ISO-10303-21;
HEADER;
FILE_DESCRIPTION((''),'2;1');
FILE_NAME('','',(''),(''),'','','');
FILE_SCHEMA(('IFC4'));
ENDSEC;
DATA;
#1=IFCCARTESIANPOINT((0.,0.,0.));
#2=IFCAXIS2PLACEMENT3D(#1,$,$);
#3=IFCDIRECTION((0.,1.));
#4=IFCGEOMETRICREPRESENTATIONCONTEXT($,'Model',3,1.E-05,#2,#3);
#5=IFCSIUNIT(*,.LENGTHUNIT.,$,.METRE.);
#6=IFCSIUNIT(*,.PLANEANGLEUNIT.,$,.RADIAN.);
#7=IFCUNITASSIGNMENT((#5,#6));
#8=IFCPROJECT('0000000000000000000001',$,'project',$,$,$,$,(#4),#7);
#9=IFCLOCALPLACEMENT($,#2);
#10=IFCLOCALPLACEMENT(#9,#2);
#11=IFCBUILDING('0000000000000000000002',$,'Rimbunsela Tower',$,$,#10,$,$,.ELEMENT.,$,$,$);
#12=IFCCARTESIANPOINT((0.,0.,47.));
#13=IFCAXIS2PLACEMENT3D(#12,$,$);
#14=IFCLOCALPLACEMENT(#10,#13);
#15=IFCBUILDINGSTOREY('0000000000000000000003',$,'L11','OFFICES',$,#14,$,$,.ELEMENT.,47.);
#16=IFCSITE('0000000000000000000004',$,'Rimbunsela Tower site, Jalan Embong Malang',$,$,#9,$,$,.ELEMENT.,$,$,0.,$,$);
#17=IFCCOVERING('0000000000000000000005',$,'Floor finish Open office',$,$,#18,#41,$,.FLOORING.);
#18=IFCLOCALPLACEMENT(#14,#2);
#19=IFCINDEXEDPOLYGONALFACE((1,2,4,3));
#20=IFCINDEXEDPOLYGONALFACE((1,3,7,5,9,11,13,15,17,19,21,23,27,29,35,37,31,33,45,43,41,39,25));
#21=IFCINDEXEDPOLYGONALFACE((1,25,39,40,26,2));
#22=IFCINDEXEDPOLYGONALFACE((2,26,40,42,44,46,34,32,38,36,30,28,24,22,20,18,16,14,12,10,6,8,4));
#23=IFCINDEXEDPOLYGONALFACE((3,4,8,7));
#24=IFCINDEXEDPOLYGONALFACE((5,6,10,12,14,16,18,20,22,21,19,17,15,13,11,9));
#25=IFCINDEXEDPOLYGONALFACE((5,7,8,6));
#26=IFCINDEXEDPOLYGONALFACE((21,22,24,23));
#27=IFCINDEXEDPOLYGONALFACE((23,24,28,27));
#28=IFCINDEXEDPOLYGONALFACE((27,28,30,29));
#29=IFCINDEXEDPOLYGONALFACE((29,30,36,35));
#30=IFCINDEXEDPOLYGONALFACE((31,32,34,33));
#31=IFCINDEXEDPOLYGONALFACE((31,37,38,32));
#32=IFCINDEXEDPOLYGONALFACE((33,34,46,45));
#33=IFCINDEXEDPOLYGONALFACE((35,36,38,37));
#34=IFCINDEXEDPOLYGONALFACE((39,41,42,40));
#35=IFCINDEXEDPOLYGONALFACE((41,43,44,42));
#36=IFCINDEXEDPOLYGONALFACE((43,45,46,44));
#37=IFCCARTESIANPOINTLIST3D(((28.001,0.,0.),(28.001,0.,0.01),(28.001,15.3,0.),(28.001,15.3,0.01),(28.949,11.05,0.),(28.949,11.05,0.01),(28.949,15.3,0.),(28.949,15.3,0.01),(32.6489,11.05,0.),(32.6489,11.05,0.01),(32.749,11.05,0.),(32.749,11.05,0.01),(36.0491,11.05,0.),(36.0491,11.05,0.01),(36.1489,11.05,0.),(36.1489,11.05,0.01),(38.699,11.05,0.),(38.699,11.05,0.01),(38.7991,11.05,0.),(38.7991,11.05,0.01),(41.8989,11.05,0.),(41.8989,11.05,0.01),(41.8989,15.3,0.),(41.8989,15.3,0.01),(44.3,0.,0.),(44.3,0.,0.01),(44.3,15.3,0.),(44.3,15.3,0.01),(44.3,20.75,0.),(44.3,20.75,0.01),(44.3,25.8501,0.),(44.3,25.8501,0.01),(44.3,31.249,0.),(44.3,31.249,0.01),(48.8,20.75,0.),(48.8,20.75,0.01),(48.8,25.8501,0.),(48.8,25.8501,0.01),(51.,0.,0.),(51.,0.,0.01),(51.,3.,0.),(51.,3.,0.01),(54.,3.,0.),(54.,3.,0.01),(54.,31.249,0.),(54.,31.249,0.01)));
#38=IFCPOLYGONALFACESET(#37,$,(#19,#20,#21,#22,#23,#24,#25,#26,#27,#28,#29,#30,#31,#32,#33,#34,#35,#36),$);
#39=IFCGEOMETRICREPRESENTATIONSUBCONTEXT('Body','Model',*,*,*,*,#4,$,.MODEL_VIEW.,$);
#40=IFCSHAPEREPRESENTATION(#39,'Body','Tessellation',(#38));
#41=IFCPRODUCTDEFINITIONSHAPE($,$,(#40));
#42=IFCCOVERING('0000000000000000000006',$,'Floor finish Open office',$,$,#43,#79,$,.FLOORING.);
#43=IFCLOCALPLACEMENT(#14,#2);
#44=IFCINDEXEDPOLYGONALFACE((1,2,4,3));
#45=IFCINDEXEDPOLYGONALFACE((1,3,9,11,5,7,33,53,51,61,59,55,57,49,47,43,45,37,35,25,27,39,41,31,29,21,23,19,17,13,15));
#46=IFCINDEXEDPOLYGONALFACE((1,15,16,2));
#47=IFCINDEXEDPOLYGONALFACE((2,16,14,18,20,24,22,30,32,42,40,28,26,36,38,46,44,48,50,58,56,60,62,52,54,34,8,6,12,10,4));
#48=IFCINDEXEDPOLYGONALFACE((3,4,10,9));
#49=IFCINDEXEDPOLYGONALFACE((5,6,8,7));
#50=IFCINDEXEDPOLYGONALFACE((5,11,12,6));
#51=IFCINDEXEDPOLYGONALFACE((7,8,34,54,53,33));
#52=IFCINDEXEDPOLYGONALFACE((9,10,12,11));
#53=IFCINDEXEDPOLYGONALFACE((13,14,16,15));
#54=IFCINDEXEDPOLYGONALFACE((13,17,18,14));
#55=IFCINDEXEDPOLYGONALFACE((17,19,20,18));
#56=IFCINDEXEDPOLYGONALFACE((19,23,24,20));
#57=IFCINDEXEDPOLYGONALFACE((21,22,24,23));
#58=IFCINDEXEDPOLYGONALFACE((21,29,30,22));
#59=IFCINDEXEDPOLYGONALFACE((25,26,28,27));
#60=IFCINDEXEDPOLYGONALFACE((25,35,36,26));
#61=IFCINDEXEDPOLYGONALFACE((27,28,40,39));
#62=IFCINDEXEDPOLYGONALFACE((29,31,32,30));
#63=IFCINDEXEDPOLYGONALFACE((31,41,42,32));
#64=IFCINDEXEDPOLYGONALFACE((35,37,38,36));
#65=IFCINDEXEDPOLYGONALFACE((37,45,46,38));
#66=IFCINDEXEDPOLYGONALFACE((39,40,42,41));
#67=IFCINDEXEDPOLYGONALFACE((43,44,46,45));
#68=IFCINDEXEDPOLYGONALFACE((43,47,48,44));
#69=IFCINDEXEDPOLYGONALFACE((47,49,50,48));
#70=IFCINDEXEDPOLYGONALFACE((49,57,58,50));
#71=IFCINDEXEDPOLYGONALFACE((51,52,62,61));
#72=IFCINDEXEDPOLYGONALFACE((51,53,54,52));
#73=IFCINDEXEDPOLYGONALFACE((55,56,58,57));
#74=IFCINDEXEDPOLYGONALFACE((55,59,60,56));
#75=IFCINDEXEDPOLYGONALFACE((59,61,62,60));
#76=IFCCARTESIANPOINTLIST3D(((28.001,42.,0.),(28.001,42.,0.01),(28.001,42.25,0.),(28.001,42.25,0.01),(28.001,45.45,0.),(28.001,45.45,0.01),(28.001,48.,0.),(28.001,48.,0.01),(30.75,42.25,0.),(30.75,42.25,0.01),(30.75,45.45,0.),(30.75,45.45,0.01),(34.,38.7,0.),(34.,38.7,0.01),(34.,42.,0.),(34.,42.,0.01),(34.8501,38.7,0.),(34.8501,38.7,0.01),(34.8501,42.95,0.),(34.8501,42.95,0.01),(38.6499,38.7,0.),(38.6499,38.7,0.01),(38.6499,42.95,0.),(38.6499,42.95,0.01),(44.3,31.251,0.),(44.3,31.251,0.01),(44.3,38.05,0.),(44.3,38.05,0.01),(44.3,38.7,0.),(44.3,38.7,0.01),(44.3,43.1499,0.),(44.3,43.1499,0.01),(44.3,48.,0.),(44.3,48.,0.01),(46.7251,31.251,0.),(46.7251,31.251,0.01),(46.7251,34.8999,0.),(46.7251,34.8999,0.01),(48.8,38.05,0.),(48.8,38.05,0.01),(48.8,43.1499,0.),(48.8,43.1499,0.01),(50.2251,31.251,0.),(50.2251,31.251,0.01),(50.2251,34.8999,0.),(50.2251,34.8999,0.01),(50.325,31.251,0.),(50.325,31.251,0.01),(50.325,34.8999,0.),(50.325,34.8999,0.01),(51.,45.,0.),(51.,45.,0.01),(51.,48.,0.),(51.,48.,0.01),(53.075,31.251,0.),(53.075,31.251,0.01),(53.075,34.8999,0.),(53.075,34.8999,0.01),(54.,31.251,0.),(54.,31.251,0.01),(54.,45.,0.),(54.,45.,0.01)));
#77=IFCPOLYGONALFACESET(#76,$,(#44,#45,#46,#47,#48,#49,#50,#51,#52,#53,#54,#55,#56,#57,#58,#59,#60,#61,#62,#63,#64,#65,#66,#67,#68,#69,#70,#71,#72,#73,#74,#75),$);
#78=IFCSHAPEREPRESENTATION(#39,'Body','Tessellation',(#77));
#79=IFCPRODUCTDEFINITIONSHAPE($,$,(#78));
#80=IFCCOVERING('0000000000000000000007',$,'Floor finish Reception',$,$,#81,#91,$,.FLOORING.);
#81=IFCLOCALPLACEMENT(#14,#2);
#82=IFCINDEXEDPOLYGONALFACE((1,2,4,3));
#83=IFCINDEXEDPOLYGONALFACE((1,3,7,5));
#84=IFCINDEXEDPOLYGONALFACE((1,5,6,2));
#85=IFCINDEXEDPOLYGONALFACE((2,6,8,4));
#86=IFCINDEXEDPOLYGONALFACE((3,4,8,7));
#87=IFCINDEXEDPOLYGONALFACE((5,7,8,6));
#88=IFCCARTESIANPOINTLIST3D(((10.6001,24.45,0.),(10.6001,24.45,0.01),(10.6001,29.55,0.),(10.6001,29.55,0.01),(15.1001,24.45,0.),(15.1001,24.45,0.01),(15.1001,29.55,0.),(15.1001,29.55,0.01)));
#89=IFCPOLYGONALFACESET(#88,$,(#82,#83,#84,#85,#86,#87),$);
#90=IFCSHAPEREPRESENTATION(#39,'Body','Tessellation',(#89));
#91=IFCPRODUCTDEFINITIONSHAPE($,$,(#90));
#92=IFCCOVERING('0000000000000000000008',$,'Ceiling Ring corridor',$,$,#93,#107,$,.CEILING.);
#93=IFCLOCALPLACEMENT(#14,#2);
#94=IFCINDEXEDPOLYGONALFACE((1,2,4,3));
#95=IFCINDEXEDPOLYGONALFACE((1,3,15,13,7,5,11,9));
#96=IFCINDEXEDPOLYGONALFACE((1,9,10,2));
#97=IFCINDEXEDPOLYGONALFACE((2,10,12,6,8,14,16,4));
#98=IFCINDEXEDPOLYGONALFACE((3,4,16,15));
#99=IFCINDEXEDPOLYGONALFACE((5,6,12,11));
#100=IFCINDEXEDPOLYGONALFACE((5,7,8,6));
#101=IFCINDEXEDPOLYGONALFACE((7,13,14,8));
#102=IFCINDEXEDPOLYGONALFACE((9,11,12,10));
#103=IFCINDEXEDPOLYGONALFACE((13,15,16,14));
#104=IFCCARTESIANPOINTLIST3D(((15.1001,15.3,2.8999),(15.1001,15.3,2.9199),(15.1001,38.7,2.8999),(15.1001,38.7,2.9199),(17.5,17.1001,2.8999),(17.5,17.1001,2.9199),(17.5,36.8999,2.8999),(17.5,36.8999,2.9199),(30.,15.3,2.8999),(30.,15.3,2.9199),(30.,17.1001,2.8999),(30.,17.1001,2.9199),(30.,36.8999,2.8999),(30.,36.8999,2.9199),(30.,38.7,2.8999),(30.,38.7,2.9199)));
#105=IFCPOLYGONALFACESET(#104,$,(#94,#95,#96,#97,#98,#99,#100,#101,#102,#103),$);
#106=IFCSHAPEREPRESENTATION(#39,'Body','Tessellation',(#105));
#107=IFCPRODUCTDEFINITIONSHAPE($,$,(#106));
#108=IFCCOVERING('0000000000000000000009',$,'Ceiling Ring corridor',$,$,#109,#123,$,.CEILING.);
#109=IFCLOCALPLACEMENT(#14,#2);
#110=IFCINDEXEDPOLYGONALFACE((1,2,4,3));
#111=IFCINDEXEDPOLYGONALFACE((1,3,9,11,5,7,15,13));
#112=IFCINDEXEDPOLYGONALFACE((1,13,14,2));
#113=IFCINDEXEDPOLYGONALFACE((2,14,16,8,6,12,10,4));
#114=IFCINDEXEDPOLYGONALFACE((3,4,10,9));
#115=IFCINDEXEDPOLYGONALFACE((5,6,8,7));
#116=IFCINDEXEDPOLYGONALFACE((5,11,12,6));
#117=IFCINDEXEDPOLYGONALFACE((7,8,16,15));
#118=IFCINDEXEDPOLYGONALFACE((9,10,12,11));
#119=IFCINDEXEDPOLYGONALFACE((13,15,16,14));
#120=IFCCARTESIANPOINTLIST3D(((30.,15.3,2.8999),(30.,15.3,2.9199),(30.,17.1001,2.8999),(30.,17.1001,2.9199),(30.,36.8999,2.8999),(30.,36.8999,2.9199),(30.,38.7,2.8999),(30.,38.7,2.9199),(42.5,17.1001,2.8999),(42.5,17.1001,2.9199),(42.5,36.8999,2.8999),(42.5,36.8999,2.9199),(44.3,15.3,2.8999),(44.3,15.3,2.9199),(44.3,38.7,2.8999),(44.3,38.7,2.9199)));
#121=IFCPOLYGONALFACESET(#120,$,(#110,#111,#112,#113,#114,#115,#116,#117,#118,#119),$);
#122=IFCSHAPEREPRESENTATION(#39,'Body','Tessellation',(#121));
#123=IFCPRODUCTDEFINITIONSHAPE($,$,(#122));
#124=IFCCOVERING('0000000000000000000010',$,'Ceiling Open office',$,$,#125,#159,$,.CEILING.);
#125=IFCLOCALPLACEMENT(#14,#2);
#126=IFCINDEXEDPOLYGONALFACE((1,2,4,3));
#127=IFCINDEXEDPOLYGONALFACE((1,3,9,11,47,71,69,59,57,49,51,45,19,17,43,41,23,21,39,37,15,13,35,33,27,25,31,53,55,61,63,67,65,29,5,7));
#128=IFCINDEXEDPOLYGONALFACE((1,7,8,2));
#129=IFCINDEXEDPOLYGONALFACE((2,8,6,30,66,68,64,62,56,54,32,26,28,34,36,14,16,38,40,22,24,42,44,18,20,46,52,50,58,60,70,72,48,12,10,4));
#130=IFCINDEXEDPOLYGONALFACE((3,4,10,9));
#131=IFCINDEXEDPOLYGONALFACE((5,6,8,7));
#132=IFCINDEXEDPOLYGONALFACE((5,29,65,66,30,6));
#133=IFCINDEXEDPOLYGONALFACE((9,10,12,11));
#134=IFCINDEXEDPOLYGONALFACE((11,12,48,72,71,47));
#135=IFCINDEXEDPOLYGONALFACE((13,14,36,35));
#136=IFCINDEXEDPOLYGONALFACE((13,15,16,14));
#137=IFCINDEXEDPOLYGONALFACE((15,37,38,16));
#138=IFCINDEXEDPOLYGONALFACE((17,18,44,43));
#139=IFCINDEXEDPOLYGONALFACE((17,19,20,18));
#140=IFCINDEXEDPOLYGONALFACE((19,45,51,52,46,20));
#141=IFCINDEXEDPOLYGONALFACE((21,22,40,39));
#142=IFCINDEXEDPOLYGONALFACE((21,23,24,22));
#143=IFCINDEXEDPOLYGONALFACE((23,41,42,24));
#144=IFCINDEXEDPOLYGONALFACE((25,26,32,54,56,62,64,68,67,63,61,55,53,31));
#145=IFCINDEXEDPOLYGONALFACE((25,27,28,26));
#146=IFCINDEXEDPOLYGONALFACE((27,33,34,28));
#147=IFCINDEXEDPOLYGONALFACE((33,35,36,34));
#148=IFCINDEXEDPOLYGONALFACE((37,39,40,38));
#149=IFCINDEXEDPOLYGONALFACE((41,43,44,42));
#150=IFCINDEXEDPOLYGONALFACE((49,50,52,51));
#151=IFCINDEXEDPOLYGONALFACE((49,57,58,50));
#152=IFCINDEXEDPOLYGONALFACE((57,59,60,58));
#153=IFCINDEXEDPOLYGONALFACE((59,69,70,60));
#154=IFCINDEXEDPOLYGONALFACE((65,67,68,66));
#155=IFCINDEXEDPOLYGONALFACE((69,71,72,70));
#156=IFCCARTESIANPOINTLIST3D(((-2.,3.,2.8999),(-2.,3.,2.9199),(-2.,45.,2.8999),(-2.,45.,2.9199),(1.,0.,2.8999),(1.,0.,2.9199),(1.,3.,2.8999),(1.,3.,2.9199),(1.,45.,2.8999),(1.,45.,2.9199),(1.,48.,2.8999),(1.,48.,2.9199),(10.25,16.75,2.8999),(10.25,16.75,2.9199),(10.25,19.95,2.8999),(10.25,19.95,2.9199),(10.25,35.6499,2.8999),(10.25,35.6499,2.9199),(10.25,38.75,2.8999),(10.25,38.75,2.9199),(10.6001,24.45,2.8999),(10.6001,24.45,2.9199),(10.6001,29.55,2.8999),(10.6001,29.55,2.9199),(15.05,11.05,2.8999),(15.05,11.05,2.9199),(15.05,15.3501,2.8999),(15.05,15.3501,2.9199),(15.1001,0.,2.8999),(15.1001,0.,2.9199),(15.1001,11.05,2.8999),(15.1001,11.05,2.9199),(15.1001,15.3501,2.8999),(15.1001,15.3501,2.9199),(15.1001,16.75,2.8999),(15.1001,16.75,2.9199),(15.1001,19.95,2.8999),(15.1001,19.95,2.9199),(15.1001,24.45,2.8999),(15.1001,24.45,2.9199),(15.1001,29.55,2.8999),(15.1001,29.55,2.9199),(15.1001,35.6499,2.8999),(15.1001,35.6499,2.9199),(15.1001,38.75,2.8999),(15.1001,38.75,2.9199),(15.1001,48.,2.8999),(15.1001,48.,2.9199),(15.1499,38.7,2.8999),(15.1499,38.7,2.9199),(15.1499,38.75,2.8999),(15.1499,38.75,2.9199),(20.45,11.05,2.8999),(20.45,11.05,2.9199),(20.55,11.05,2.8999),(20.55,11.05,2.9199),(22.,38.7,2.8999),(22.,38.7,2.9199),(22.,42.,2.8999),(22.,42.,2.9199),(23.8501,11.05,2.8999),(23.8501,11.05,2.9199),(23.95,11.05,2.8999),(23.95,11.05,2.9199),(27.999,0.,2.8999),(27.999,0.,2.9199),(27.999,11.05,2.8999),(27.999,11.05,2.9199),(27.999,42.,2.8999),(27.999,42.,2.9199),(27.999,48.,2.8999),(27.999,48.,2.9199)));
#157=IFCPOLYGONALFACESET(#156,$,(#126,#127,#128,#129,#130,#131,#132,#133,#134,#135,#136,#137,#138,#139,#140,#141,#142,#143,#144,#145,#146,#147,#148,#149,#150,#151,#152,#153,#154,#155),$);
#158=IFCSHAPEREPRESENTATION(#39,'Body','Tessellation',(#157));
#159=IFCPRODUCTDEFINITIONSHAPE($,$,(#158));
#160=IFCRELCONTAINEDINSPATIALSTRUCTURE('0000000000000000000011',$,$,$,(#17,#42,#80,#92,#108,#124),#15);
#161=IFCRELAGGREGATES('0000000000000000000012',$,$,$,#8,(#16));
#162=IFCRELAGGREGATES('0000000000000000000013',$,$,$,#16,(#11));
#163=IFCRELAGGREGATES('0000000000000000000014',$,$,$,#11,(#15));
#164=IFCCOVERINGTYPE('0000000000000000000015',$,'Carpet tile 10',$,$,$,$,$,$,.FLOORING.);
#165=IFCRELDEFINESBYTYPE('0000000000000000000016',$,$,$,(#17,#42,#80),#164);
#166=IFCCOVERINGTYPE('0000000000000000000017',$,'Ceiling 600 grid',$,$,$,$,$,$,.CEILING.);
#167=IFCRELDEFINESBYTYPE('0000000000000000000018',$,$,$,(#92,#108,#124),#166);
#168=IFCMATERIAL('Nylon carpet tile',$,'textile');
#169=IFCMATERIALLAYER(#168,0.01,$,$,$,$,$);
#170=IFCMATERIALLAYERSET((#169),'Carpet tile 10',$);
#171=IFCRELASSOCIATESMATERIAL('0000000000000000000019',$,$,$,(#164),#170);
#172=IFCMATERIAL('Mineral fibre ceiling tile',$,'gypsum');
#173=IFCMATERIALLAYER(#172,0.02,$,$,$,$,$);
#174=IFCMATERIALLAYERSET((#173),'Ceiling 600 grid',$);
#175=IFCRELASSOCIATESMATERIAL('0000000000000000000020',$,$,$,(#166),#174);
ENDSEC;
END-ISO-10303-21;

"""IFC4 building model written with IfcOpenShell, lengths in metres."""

from ifc_helpers import new_model, si_unit, direction, frame, origin, place, context, subcontext, project, spatial, polyline, outline, extrude, material, layer, layer_set, type_object, element, save


model = new_model("IFC4")

# Units and contexts
model_context = context("Model", 3, precision=1e-05, world=origin(), true_north=direction((0.0, 1.0)))
body_context = subcontext(model_context, "Body", "Model", "MODEL_VIEW")
ifc_project = project(units=[si_unit("LENGTHUNIT", "METRE"), si_unit("PLANEANGLEUNIT", "RADIAN")], contexts=[model_context])

# Site, building, storey
site_placement = place(None, origin())
site = spatial("IfcSite", under=ifc_project, at=site_placement, Name="Rimbunsela Tower site, Jalan Embong Malang", CompositionType="ELEMENT", RefElevation=0.0)
building_placement = place(site_placement, origin())
building = spatial("IfcBuilding", under=site, at=building_placement, Name="Rimbunsela Tower", CompositionType="ELEMENT")
storey_placement = place(building_placement, frame((0.0, 0.0, 47.0)))
storey = spatial("IfcBuildingStorey", under=building, at=storey_placement, Name="L11", Description="OFFICES", CompositionType="ELEMENT", Elevation=47.0)

# Coverings
ifc_material_1 = material(Name="Nylon carpet tile", Category="textile")
ifc_layer_1 = layer(ifc_material_1, 0.01)
ifc_layer_set_1 = layer_set([ifc_layer_1], Name="Carpet tile 10")
covering_type_1 = type_object("IfcCoveringType", Name="Carpet tile 10", PredefinedType="FLOORING", material=ifc_layer_set_1)
covering_1_placement = place(storey_placement, origin())
element("IfcCovering", 1, at=covering_1_placement, inside=storey, type_object=covering_type_1, Name="Floor finish Open office", PredefinedType="FLOORING", context=body_context, shape_type="SweptSolid", body=[
    extrude(outline(polyline([(28.001, 15.3), (28.949, 15.3), (28.949, 11.05), (32.6489, 11.05), (32.749, 11.05), (36.0491, 11.05), (36.1489, 11.05), (38.699, 11.05), (38.7991, 11.05), (41.8989, 11.05), (41.8989, 15.3), (44.3, 15.3), (44.3, 20.75), (48.8, 20.75), (48.8, 25.8501), (44.3, 25.8501), (44.3, 31.249), (54.0, 31.249), (54.0, 3.0), (51.0, 3.0), (51.0, 0.0), (44.3, 0.0), (28.001, 0.0), (28.001, 15.3)])), origin(), (0.0, 0.0, 1.0), 0.01),
])
covering_2_placement = place(storey_placement, origin())
element("IfcCovering", 2, at=covering_2_placement, inside=storey, type_object=covering_type_1, Name="Floor finish Open office", PredefinedType="FLOORING", context=body_context, shape_type="SweptSolid", body=[
    extrude(outline(polyline([(44.3, 38.7), (38.6499, 38.7), (38.6499, 42.95), (34.8501, 42.95), (34.8501, 38.7), (34.0, 38.7), (34.0, 42.0), (28.001, 42.0), (28.001, 42.25), (30.75, 42.25), (30.75, 45.45), (28.001, 45.45), (28.001, 48.0), (44.3, 48.0), (51.0, 48.0), (51.0, 45.0), (54.0, 45.0), (54.0, 31.251), (53.075, 31.251), (53.075, 34.8999), (50.325, 34.8999), (50.325, 31.251), (50.2251, 31.251), (50.2251, 34.8999), (46.7251, 34.8999), (46.7251, 31.251), (44.3, 31.251), (44.3, 38.05), (48.8, 38.05), (48.8, 43.1499), (44.3, 43.1499), (44.3, 38.7)])), origin(), (0.0, 0.0, 1.0), 0.01),
])
covering_3_placement = place(storey_placement, origin())
element("IfcCovering", 3, at=covering_3_placement, inside=storey, type_object=covering_type_1, Name="Floor finish Reception", PredefinedType="FLOORING", context=body_context, shape_type="SweptSolid", body=[
    extrude(outline(polyline([(15.1001, 24.45), (15.1001, 29.55), (10.6001, 29.55), (10.6001, 24.45), (15.1001, 24.45)])), origin(), (0.0, 0.0, 1.0), 0.01),
])
ifc_material_2 = material(Name="Mineral fibre ceiling tile", Category="gypsum")
ifc_layer_2 = layer(ifc_material_2, 0.02)
ifc_layer_set_2 = layer_set([ifc_layer_2], Name="Ceiling 600 grid")
covering_type_2 = type_object("IfcCoveringType", Name="Ceiling 600 grid", PredefinedType="CEILING", material=ifc_layer_set_2)
covering_4_placement = place(storey_placement, frame((0.0, 0.0, 2.8999)))
element("IfcCovering", 4, at=covering_4_placement, inside=storey, type_object=covering_type_2, Name="Ceiling Ring corridor", PredefinedType="CEILING", context=body_context, shape_type="SweptSolid", body=[
    extrude(outline(polyline([(15.1001, 38.7), (30.0, 38.7), (30.0, 36.8999), (17.5, 36.8999), (17.5, 17.1001), (30.0, 17.1001), (30.0, 15.3), (15.1001, 15.3), (15.1001, 38.7)])), origin(), (0.0, 0.0, 1.0), 0.02),
])
covering_5_placement = place(storey_placement, frame((0.0, 0.0, 2.8999)))
element("IfcCovering", 5, at=covering_5_placement, inside=storey, type_object=covering_type_2, Name="Ceiling Ring corridor", PredefinedType="CEILING", context=body_context, shape_type="SweptSolid", body=[
    extrude(outline(polyline([(44.3, 38.7), (44.3, 15.3), (30.0, 15.3), (30.0, 17.1001), (42.5, 17.1001), (42.5, 36.8999), (30.0, 36.8999), (30.0, 38.7), (44.3, 38.7)])), origin(), (0.0, 0.0, 1.0), 0.02),
])
covering_6_placement = place(storey_placement, frame((0.0, 0.0, 2.8999)))
element("IfcCovering", 6, at=covering_6_placement, inside=storey, type_object=covering_type_2, Name="Ceiling Open office", PredefinedType="CEILING", context=body_context, shape_type="SweptSolid", body=[
    extrude(outline(polyline([(20.55, 11.05), (23.8501, 11.05), (23.95, 11.05), (27.999, 11.05), (27.999, 0.0), (15.1001, 0.0), (1.0, 0.0), (1.0, 3.0), (-2.0, 3.0), (-2.0, 45.0), (1.0, 45.0), (1.0, 48.0), (15.1001, 48.0), (27.999, 48.0), (27.999, 42.0), (22.0, 42.0), (22.0, 38.7), (15.1499, 38.7), (15.1499, 38.75), (15.1001, 38.75), (10.25, 38.75), (10.25, 35.6499), (15.1001, 35.6499), (15.1001, 29.55), (10.6001, 29.55), (10.6001, 24.45), (15.1001, 24.45), (15.1001, 19.95), (10.25, 19.95), (10.25, 16.75), (15.1001, 16.75), (15.1001, 15.3501), (15.05, 15.3501), (15.05, 11.05), (15.1001, 11.05), (20.45, 11.05), (20.55, 11.05)])), origin(), (0.0, 0.0, 1.0), 0.02),
])

save(model, "model.ifc")
